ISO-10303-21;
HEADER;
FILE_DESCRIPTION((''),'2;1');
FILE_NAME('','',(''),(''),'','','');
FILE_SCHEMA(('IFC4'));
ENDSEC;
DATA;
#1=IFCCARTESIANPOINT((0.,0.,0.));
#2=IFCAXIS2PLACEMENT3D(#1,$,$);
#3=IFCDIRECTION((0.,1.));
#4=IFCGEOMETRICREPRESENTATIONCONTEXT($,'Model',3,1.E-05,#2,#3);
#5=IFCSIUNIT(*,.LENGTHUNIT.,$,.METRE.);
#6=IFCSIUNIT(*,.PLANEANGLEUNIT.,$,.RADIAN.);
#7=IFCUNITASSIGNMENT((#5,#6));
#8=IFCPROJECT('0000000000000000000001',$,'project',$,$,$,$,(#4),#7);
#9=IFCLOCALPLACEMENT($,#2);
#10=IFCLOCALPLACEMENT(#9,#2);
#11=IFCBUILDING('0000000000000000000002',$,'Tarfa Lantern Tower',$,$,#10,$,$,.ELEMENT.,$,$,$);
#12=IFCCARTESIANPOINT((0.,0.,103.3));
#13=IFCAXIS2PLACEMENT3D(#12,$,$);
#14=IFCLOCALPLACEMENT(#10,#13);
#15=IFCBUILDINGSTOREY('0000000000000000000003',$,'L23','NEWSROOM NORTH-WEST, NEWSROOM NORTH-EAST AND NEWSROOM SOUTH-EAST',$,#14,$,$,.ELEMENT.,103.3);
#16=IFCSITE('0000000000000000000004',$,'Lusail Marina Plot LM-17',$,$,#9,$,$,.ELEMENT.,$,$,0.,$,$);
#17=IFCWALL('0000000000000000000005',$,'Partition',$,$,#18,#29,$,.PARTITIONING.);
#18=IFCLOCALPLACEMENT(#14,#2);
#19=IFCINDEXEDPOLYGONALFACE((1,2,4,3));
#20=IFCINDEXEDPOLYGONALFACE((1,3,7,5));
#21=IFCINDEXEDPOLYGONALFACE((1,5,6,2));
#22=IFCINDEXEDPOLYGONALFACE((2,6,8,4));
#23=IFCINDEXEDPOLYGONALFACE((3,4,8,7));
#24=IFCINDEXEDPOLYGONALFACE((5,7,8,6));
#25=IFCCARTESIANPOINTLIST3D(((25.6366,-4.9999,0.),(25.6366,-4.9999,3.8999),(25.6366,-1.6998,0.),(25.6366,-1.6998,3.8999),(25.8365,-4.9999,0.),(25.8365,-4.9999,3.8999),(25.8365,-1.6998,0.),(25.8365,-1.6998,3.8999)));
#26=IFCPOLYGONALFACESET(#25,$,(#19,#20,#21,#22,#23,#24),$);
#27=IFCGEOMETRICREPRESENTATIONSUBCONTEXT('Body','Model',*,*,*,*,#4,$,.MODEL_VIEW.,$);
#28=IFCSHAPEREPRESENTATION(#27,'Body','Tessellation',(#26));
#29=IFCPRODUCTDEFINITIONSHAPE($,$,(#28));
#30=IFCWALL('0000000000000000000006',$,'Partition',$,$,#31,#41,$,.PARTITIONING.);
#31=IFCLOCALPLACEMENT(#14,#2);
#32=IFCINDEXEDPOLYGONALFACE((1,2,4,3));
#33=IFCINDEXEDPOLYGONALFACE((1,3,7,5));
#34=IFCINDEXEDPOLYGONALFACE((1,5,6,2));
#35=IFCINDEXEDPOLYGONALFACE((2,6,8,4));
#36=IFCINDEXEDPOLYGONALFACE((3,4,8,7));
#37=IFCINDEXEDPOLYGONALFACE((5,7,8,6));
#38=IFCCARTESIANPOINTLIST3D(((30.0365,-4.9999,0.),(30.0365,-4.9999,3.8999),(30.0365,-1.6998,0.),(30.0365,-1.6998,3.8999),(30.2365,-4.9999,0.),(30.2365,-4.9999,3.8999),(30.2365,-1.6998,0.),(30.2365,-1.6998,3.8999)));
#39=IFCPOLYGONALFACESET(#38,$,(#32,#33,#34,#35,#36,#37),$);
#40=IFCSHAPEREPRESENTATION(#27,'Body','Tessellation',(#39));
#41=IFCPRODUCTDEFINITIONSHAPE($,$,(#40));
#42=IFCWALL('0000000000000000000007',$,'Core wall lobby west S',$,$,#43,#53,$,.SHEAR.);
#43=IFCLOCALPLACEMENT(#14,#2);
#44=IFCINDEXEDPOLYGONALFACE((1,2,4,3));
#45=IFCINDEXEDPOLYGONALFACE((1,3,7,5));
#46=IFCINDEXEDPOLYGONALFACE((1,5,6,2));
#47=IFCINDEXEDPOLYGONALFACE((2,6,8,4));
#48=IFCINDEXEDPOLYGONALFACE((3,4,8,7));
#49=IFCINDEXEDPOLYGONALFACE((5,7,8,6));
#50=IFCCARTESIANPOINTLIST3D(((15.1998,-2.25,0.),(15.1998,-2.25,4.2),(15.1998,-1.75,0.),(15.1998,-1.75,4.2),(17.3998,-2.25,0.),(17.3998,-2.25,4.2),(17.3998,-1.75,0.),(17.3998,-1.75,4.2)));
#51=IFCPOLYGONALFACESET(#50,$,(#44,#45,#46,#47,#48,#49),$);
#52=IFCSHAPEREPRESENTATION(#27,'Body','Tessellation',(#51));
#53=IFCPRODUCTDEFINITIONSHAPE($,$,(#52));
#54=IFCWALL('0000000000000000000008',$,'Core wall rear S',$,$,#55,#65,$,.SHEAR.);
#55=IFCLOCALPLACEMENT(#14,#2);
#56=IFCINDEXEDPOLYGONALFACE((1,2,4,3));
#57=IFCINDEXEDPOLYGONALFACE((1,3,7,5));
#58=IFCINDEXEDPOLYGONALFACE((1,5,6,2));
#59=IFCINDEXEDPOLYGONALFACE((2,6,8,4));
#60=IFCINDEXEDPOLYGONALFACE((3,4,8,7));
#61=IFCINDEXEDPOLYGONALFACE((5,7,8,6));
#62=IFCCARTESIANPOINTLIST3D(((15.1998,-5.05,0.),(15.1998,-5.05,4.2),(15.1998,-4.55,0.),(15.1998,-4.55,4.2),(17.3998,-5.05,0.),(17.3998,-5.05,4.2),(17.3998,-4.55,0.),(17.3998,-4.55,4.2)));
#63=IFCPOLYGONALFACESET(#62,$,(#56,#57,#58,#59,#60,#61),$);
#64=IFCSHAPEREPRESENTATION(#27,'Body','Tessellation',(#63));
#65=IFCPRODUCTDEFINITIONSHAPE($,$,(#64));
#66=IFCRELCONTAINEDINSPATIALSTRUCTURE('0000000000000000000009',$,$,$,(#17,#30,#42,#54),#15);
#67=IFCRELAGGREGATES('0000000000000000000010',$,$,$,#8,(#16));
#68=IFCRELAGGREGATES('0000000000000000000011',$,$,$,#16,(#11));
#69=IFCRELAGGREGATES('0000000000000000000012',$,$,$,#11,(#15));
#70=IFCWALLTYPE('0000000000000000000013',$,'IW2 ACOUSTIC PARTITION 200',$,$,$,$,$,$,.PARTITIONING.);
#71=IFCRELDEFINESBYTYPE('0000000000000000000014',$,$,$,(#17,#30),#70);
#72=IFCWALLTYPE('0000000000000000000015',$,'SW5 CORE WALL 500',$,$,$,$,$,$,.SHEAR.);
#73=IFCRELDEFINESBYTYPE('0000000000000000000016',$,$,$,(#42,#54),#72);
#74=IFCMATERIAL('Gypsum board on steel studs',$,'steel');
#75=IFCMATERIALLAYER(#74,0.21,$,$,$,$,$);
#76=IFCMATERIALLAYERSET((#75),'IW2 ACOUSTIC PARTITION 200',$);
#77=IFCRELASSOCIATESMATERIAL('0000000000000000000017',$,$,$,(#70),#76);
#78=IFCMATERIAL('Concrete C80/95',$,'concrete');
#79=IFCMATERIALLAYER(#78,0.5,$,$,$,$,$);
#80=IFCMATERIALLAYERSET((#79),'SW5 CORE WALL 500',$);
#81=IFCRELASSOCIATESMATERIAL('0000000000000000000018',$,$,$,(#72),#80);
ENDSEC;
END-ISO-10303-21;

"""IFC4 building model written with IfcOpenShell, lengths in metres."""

from ifc_helpers import new_model, si_unit, direction, frame, frame_2d, origin, place, context, subcontext, project, spatial, rectangle, extrude, material, layer, layer_set, type_object, element, save


model = new_model("IFC4")

# Units and contexts
model_context = context("Model", 3, precision=1e-05, world=origin(), true_north=direction((0.0, 1.0)))
body_context = subcontext(model_context, "Body", "Model", "MODEL_VIEW")
ifc_project = project(units=[si_unit("LENGTHUNIT", "METRE"), si_unit("PLANEANGLEUNIT", "RADIAN")], contexts=[model_context])

# Site, building, storey
site_placement = place(None, origin())
site = spatial("IfcSite", under=ifc_project, at=site_placement, Name="Lusail Marina Plot LM-17", CompositionType="ELEMENT", RefElevation=0.0)
building_placement = place(site_placement, origin())
building = spatial("IfcBuilding", under=site, at=building_placement, Name="Tarfa Lantern Tower", CompositionType="ELEMENT")
storey_placement = place(building_placement, frame((0.0, 0.0, 103.3)))
storey = spatial("IfcBuildingStorey", under=building, at=storey_placement, Name="L23", Description="NEWSROOM NORTH-WEST, NEWSROOM NORTH-EAST AND NEWSROOM SOUTH-EAST", CompositionType="ELEMENT", Elevation=103.3)

# Shared definitions
ifc_material_1 = material(Name="Concrete C80/95", Category="concrete")

# Shared definitions
ifc_material_2 = material(Name="Gypsum board on steel studs", Category="steel")
ifc_layer_1 = layer(ifc_material_2, 0.21)
ifc_layer_set_1 = layer_set([ifc_layer_1], Name="IW2 ACOUSTIC PARTITION 200")
wall_type_1 = type_object("IfcWallType", Name="IW2 ACOUSTIC PARTITION 200", PredefinedType="PARTITIONING", material=ifc_layer_set_1)

# Walls
for number, where, z_axis, x_axis, name in (
    (1, (25.7366, -1.7, 0.0), (0.0, 0.0, 1.0), (0.0, -1.0, 0.0), "Partition"),
    (2, (30.1365, -1.7, 0.0), (0.0, 0.0, 1.0), (0.0, -1.0, 0.0), "Partition"),
):
    element("IfcWall", number, at=place(storey_placement, frame(where, z_axis=z_axis, x_axis=x_axis)), inside=storey, type_object=wall_type_1, Name=name, PredefinedType="PARTITIONING", context=body_context, shape_type="SweptSolid", body=[
        extrude(rectangle(XDim=3.3, YDim=0.2, at=frame_2d((1.6499, 0.0))), origin(), (0.0, 0.0, 1.0), 3.8999),
    ])

# Walls
ifc_layer_2 = layer(ifc_material_1, 0.5)
ifc_layer_set_2 = layer_set([ifc_layer_2], Name="SW5 CORE WALL 500")
wall_type_2 = type_object("IfcWallType", Name="SW5 CORE WALL 500", PredefinedType="SHEAR", material=ifc_layer_set_2)
for number, where, z_axis, x_axis, name in (
    (3, (17.3999, -2.0, 0.0), (0.0, 0.0, 1.0), (-1.0, 0.0, 0.0), "Core wall lobby west S"),
    (4, (17.3999, -4.8, 0.0), (0.0, 0.0, 1.0), (-1.0, 0.0, 0.0), "Core wall rear S"),
):
    element("IfcWall", number, at=place(storey_placement, frame(where, z_axis=z_axis, x_axis=x_axis)), inside=storey, type_object=wall_type_2, Name=name, PredefinedType="SHEAR", context=body_context, shape_type="SweptSolid", body=[
        extrude(rectangle(XDim=2.2, YDim=0.5, at=frame_2d((1.1001, 0.0))), origin(), (0.0, 0.0, 1.0), 4.2),
    ])

save(model, "model.ifc")
